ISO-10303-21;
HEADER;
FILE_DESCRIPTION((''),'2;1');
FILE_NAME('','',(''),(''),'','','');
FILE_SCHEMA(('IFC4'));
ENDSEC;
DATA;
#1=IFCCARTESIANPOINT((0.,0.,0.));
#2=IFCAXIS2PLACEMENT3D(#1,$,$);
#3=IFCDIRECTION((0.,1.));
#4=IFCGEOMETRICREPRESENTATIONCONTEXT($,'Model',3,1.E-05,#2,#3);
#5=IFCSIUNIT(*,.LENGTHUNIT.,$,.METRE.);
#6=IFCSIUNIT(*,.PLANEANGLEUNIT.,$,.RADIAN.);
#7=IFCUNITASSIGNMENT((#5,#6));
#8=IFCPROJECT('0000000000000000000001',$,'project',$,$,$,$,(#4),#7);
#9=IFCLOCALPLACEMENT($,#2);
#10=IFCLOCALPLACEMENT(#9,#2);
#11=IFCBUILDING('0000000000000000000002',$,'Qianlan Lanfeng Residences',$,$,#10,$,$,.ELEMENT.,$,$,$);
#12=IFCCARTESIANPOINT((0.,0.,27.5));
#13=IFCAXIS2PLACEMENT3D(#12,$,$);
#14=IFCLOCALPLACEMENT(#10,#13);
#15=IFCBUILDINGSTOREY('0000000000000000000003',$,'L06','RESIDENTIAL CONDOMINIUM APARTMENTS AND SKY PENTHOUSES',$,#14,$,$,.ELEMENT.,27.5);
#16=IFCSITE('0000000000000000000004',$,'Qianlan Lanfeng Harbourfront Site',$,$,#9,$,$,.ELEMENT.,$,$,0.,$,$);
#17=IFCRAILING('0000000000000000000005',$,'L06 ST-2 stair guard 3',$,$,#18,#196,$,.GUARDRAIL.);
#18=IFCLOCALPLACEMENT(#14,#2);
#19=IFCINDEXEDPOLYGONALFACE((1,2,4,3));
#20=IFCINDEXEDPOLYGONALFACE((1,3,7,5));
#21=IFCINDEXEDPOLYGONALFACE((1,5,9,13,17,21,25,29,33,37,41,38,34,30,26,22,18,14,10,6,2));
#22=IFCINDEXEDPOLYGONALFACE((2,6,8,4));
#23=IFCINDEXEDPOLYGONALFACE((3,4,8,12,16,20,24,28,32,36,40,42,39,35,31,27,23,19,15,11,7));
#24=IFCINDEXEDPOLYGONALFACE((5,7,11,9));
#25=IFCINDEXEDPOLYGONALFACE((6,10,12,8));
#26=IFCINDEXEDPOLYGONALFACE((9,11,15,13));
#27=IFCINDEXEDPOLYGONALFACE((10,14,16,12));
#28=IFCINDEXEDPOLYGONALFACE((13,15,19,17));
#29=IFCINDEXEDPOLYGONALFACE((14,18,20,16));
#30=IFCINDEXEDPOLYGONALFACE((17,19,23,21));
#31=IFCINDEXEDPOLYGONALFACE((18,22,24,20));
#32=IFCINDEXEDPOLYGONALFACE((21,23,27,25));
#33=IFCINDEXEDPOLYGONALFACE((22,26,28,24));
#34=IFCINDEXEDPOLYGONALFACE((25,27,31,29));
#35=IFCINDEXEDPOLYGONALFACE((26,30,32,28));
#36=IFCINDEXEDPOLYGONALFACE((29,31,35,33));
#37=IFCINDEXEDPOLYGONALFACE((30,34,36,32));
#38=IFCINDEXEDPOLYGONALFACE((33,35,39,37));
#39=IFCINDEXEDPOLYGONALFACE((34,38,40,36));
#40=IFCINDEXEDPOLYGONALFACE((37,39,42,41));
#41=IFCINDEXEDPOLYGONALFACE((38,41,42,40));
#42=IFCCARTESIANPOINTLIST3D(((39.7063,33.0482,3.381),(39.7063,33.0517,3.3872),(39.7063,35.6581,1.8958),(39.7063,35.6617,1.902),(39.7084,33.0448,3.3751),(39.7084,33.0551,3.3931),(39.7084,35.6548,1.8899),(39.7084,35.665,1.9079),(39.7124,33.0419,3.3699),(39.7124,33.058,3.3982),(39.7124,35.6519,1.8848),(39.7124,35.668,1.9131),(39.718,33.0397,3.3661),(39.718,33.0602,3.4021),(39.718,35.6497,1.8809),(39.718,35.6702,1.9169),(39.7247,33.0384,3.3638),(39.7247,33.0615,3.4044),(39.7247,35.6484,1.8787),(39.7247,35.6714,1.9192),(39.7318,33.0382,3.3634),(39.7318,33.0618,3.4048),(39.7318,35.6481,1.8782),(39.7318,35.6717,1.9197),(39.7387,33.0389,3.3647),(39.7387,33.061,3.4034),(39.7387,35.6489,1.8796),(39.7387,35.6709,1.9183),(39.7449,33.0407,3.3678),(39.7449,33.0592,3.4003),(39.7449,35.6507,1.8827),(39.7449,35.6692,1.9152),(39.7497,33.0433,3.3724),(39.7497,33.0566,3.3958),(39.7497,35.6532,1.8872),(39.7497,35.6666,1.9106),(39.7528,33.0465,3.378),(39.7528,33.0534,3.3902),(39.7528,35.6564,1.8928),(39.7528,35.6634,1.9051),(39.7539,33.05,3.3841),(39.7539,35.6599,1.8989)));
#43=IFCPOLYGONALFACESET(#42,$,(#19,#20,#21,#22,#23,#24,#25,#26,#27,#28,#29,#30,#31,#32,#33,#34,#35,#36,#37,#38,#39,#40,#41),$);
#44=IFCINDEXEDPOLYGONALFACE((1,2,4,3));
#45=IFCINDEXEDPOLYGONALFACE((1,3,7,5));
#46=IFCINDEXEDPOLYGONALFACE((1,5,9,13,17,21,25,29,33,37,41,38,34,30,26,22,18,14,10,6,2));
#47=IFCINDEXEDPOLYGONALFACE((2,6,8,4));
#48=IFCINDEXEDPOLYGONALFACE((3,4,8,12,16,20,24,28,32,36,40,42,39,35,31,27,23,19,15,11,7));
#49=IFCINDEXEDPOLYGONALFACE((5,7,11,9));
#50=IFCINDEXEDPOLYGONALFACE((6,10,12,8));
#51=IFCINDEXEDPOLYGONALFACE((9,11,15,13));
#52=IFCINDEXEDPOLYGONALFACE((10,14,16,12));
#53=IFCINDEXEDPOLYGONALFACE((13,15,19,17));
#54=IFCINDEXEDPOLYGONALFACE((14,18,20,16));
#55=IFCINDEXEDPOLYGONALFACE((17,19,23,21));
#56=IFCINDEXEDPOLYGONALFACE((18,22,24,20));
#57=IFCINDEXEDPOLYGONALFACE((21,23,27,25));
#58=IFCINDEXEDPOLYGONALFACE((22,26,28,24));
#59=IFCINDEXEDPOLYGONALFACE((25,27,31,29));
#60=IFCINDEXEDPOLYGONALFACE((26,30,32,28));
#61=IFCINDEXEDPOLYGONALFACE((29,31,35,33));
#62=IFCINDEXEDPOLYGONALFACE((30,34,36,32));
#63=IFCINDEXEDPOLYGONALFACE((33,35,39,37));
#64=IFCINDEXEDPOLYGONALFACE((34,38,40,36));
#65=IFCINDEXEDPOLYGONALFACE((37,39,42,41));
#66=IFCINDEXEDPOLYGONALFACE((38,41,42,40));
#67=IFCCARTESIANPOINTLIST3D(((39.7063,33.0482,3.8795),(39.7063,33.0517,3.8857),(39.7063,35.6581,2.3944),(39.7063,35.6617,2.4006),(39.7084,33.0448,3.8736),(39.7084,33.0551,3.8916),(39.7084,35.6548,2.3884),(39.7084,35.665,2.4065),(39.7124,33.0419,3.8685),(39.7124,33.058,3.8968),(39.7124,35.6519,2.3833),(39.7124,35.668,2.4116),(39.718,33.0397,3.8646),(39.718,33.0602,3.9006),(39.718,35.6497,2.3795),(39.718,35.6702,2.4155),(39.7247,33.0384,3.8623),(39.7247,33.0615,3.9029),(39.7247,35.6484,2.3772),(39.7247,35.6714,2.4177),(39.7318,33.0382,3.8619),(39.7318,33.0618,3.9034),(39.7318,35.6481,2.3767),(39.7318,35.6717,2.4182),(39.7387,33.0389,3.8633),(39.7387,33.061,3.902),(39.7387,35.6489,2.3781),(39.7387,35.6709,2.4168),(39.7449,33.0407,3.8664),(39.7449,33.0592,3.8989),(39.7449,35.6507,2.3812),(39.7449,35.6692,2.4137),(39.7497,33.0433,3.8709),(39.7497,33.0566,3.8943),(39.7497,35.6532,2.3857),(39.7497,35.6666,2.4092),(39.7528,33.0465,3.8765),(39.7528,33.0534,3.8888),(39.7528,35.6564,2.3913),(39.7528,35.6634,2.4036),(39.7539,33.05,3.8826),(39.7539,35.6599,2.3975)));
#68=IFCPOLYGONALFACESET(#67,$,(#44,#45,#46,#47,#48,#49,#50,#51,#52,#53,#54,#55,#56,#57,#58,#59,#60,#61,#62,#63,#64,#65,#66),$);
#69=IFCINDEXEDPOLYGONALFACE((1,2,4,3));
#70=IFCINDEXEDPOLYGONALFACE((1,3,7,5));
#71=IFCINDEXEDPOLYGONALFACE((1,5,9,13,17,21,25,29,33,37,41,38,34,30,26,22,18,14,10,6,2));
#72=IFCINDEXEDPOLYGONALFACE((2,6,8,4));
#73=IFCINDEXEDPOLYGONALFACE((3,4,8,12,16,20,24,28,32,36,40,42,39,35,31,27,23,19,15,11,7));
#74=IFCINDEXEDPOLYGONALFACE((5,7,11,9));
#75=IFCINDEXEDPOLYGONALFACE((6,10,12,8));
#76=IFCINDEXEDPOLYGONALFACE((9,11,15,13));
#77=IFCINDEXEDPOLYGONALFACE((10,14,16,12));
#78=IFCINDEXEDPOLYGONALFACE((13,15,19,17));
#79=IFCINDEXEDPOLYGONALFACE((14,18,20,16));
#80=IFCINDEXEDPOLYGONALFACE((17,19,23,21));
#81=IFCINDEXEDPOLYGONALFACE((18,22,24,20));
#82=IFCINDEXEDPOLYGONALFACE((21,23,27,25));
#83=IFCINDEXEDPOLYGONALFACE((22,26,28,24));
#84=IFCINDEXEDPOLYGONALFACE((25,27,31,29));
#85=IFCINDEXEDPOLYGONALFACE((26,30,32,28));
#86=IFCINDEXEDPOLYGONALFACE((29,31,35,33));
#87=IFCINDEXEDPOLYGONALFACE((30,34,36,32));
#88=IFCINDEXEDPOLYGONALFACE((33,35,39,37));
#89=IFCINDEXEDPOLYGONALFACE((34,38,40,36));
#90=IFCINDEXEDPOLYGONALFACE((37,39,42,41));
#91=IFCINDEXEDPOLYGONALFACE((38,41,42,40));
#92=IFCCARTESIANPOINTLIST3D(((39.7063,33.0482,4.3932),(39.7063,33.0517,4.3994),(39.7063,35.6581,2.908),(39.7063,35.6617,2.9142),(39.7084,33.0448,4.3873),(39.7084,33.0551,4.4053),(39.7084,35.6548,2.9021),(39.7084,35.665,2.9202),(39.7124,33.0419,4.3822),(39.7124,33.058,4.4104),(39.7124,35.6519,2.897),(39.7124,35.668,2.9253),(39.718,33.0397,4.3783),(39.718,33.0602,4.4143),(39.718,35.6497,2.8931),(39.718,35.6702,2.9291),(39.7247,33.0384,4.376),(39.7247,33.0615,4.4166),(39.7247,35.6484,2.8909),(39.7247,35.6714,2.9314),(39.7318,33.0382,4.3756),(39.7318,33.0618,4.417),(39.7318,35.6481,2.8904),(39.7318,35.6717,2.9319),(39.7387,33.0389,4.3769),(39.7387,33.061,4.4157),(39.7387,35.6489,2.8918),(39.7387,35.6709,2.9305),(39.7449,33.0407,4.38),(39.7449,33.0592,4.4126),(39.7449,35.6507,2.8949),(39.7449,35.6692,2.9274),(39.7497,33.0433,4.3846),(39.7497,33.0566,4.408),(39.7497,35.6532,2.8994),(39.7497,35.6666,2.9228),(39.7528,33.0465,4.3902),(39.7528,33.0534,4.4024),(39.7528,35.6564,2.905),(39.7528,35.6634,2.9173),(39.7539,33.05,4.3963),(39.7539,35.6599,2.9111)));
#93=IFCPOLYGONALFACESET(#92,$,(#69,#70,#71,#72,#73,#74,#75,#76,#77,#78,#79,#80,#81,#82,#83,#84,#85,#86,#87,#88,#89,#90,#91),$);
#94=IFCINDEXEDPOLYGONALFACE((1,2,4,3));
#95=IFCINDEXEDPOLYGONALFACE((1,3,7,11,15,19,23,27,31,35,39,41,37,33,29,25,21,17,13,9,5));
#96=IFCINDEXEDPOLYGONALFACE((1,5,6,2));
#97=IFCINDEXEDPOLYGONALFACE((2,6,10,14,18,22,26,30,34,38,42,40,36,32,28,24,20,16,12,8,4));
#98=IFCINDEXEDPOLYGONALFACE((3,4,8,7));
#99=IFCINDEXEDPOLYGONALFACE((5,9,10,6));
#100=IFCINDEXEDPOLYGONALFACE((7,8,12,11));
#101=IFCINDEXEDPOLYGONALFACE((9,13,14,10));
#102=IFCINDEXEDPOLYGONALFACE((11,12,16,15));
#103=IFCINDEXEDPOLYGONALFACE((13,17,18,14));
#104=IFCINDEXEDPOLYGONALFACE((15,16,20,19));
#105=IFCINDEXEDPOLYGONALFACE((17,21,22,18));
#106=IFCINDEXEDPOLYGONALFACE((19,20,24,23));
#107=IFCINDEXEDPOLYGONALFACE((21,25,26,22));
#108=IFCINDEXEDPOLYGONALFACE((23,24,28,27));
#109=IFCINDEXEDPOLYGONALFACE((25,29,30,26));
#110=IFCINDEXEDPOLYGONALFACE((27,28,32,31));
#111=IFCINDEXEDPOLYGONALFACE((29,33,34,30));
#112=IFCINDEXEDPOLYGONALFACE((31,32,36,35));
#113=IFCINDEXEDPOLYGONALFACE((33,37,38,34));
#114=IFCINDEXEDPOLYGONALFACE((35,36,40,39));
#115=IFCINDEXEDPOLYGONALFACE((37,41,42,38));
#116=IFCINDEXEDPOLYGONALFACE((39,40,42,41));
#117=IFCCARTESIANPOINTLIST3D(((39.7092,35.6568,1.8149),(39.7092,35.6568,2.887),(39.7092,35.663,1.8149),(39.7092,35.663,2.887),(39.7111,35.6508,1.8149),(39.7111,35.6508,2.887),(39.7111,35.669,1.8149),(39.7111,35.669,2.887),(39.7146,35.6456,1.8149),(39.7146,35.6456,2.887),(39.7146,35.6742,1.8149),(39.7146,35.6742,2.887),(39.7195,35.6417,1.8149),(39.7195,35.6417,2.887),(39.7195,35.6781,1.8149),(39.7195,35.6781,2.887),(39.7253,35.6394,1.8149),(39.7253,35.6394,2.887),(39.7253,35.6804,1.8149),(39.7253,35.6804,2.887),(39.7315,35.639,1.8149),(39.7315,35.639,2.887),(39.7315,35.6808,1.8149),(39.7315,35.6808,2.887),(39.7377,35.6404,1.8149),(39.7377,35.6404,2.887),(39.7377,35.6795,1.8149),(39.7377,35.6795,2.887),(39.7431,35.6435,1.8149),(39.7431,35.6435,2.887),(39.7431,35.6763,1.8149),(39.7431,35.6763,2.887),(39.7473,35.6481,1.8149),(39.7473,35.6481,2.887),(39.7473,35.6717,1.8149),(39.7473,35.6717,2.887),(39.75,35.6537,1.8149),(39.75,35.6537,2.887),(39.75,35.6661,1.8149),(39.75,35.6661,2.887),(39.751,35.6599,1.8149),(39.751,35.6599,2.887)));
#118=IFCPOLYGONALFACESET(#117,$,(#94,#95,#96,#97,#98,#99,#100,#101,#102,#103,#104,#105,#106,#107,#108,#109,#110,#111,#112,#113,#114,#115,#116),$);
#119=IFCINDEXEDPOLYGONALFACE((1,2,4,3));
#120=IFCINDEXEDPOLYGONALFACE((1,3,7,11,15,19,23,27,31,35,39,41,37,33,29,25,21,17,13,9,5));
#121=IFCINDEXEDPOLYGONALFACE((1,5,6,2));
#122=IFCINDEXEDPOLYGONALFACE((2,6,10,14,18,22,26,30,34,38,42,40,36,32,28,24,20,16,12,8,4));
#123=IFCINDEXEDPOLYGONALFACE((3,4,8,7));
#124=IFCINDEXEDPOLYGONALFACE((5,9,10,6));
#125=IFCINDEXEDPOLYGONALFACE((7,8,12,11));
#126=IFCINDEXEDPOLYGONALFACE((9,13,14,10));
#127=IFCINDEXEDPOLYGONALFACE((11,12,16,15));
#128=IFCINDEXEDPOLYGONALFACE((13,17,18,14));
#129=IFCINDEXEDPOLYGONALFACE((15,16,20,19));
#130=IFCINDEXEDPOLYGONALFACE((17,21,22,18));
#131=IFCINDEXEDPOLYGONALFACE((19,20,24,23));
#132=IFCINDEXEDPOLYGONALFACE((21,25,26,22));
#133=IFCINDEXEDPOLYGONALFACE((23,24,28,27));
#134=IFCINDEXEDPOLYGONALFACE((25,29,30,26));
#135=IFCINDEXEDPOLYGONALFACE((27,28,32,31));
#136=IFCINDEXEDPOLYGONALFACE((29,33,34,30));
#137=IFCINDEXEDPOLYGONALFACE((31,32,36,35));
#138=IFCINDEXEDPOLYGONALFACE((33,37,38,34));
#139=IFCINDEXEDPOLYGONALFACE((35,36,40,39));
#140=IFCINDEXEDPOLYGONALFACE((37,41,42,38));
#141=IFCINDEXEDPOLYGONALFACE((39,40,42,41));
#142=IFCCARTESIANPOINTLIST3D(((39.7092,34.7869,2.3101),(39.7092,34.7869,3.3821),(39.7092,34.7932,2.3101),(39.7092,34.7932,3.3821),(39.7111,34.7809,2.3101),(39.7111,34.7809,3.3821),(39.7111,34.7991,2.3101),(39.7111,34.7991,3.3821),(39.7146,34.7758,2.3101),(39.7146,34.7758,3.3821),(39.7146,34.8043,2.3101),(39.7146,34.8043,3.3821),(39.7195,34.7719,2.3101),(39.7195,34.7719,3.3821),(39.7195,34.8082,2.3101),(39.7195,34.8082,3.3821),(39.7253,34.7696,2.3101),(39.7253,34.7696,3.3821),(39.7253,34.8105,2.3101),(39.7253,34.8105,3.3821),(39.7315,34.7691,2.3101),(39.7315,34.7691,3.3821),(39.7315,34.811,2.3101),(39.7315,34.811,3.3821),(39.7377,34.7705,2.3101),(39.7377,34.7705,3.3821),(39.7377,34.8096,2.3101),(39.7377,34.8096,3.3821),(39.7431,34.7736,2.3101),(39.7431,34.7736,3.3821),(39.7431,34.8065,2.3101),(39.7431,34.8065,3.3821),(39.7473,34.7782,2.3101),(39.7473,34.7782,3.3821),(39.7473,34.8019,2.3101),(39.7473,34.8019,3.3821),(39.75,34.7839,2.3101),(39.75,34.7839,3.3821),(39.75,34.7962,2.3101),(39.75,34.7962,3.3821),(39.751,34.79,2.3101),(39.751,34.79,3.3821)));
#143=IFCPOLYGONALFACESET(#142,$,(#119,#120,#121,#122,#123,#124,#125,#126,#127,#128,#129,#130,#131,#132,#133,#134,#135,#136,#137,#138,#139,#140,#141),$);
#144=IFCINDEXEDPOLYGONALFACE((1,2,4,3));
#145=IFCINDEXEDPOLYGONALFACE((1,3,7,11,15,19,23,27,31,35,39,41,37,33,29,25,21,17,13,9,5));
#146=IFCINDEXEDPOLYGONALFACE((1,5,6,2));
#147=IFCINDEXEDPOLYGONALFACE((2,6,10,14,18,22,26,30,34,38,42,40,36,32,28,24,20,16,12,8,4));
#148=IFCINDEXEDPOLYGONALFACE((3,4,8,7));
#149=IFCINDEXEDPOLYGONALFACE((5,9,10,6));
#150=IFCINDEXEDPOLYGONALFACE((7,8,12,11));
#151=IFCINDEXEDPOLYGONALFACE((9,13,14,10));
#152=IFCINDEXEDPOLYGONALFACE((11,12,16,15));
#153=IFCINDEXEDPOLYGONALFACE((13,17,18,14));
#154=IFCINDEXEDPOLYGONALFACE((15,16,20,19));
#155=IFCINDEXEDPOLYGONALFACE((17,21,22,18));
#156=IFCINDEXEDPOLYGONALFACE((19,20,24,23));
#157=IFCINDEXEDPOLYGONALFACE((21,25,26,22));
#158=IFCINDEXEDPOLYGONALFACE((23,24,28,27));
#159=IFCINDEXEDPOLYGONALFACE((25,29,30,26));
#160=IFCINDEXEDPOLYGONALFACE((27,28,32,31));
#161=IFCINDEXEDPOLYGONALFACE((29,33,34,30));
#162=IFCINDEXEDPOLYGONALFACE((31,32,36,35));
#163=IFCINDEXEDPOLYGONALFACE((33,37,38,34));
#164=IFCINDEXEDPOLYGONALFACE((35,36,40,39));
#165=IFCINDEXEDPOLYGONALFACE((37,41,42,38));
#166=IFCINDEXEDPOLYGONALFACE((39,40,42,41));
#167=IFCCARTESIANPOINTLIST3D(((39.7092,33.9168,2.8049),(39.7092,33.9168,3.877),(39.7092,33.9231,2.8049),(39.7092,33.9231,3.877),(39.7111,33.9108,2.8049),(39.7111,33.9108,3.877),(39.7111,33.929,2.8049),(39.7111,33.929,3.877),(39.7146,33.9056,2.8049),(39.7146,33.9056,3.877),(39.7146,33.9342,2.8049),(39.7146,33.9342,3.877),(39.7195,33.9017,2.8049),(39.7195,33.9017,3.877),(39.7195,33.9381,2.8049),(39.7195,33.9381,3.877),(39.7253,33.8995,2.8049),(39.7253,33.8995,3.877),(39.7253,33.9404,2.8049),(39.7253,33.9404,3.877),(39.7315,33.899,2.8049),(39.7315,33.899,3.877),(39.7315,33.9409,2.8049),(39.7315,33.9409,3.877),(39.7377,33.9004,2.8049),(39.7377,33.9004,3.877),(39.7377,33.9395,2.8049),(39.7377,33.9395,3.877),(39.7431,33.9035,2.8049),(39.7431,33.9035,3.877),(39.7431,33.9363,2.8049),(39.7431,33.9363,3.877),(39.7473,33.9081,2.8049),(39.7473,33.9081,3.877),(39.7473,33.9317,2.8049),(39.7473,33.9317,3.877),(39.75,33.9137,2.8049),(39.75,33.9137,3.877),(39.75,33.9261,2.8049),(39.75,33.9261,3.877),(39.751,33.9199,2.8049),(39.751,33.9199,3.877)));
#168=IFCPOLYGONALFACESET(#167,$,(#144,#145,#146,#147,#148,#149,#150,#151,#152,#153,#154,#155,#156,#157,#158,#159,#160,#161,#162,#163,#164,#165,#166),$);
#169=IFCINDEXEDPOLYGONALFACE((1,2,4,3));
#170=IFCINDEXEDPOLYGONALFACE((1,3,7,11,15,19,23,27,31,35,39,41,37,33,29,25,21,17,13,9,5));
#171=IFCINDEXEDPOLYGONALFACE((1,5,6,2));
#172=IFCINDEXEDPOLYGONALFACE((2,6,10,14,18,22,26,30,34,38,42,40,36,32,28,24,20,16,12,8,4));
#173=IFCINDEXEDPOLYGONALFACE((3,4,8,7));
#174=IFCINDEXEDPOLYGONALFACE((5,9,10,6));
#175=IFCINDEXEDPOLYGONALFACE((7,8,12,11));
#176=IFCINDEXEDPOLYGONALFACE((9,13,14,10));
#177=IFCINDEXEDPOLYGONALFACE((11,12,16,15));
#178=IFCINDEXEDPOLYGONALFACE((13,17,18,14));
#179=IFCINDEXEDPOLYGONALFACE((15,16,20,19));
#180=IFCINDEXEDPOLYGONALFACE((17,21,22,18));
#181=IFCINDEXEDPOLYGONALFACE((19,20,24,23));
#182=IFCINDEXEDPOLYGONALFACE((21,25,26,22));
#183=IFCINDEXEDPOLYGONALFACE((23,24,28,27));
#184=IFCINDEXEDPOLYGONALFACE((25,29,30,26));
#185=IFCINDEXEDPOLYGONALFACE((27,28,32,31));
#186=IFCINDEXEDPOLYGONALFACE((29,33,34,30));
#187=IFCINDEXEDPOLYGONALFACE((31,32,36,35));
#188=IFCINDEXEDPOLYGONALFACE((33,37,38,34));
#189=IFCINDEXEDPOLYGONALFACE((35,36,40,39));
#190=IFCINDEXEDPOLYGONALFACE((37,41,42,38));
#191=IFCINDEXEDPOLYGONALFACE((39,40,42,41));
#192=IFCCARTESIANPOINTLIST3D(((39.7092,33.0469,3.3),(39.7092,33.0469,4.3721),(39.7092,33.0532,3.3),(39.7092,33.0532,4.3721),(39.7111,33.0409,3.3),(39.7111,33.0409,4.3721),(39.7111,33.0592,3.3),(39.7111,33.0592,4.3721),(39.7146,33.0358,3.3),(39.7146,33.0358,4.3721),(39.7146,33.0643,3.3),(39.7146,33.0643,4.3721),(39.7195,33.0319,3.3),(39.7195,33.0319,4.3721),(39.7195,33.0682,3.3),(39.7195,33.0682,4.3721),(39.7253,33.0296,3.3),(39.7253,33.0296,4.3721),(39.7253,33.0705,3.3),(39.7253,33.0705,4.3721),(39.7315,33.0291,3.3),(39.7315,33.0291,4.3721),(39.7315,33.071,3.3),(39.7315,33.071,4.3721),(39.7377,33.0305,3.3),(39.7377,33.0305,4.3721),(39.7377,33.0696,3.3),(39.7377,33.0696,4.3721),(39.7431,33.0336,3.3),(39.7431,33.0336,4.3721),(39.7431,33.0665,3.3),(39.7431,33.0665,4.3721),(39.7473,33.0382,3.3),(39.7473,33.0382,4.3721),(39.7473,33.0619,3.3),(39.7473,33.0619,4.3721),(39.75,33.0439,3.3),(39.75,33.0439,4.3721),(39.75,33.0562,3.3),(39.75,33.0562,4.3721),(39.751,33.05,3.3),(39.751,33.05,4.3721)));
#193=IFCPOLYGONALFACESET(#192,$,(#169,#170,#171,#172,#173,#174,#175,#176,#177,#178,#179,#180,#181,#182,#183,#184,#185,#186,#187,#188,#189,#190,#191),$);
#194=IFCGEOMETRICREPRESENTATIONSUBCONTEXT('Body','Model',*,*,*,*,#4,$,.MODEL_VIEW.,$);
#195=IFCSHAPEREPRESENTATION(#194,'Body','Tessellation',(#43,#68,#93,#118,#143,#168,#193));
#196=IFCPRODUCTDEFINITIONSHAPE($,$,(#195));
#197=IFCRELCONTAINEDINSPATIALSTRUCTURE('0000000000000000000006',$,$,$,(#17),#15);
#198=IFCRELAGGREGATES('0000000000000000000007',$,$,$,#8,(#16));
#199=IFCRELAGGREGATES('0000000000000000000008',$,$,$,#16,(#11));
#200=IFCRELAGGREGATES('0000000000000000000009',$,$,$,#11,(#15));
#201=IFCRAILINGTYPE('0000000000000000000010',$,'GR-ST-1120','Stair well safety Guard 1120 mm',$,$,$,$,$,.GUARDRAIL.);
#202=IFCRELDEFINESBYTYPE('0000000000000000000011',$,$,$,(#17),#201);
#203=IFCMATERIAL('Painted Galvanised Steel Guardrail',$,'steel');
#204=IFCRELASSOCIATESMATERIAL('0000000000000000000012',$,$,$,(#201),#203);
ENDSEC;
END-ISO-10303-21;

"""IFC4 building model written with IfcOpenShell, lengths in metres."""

from ifc_helpers import new_model, si_unit, direction, frame, origin, origin_2d, place, context, subcontext, project, spatial, circle, extrude, material, type_object, element, save


model = new_model("IFC4")

# Units and contexts
model_context = context("Model", 3, precision=1e-05, world=origin(), true_north=direction((0.0, 1.0)))
body_context = subcontext(model_context, "Body", "Model", "MODEL_VIEW")
ifc_project = project(units=[si_unit("LENGTHUNIT", "METRE"), si_unit("PLANEANGLEUNIT", "RADIAN")], contexts=[model_context])

# Site, building, storey
site_placement = place(None, origin())
site = spatial("IfcSite", under=ifc_project, at=site_placement, Name="Qianlan Lanfeng Harbourfront Site", CompositionType="ELEMENT", RefElevation=0.0)
building_placement = place(site_placement, origin())
building = spatial("IfcBuilding", under=site, at=building_placement, Name="Qianlan Lanfeng Residences", CompositionType="ELEMENT")
storey_placement = place(building_placement, frame((0.0, 0.0, 27.5)))
storey = spatial("IfcBuildingStorey", under=building, at=storey_placement, Name="L06", Description="RESIDENTIAL CONDOMINIUM APARTMENTS AND SKY PENTHOUSES", CompositionType="ELEMENT", Elevation=27.5)

# Railing
ifc_material_1 = material(Name="Painted Galvanised Steel Guardrail", Category="steel")
railing_type_1 = type_object("IfcRailingType", Name="GR-ST-1120", Description="Stair well safety Guard 1120 mm", PredefinedType="GUARDRAIL", material=ifc_material_1)
railing_1_placement = place(storey_placement, frame((39.73, 35.6599, 1.8149)))
element("IfcRailing", 1, at=railing_1_placement, inside=storey, type_object=railing_type_1, Name="L06 ST-2 stair guard 3", PredefinedType="GUARDRAIL", context=body_context, shape_type="SweptSolid", body=[
    extrude(circle(Radius=0.0239, at=origin_2d()), frame((0.0, 0.0, 0.084), z_axis=(0.0, -0.869137, 0.494571), x_axis=(1.0, 0.0, 0.0)), (0.0, 0.0, 1.0), 3.0029),
    extrude(circle(Radius=0.0239, at=origin_2d()), frame((0.0, 0.0, 0.5825), z_axis=(0.0, -0.869137, 0.494571), x_axis=(1.0, 0.0, 0.0)), (0.0, 0.0, 1.0), 3.0029),
    extrude(circle(Radius=0.0239, at=origin_2d()), frame((0.0, 0.0, 1.0962), z_axis=(0.0, -0.869137, 0.494571), x_axis=(1.0, 0.0, 0.0)), (0.0, 0.0, 1.0), 3.0029),
    extrude(circle(Radius=0.021, at=origin_2d()), origin(), (0.0, 0.0, 1.0), 1.072),
    extrude(circle(Radius=0.021, at=origin_2d()), frame((0.0, -0.8699, 0.4951)), (0.0, 0.0, 1.0), 1.072),
    extrude(circle(Radius=0.021, at=origin_2d()), frame((0.0, -1.74, 0.99)), (0.0, 0.0, 1.0), 1.072),
    extrude(circle(Radius=0.021, at=origin_2d()), frame((0.0, -2.6099, 1.4851)), (0.0, 0.0, 1.0), 1.072),
])

save(model, "model.ifc")
